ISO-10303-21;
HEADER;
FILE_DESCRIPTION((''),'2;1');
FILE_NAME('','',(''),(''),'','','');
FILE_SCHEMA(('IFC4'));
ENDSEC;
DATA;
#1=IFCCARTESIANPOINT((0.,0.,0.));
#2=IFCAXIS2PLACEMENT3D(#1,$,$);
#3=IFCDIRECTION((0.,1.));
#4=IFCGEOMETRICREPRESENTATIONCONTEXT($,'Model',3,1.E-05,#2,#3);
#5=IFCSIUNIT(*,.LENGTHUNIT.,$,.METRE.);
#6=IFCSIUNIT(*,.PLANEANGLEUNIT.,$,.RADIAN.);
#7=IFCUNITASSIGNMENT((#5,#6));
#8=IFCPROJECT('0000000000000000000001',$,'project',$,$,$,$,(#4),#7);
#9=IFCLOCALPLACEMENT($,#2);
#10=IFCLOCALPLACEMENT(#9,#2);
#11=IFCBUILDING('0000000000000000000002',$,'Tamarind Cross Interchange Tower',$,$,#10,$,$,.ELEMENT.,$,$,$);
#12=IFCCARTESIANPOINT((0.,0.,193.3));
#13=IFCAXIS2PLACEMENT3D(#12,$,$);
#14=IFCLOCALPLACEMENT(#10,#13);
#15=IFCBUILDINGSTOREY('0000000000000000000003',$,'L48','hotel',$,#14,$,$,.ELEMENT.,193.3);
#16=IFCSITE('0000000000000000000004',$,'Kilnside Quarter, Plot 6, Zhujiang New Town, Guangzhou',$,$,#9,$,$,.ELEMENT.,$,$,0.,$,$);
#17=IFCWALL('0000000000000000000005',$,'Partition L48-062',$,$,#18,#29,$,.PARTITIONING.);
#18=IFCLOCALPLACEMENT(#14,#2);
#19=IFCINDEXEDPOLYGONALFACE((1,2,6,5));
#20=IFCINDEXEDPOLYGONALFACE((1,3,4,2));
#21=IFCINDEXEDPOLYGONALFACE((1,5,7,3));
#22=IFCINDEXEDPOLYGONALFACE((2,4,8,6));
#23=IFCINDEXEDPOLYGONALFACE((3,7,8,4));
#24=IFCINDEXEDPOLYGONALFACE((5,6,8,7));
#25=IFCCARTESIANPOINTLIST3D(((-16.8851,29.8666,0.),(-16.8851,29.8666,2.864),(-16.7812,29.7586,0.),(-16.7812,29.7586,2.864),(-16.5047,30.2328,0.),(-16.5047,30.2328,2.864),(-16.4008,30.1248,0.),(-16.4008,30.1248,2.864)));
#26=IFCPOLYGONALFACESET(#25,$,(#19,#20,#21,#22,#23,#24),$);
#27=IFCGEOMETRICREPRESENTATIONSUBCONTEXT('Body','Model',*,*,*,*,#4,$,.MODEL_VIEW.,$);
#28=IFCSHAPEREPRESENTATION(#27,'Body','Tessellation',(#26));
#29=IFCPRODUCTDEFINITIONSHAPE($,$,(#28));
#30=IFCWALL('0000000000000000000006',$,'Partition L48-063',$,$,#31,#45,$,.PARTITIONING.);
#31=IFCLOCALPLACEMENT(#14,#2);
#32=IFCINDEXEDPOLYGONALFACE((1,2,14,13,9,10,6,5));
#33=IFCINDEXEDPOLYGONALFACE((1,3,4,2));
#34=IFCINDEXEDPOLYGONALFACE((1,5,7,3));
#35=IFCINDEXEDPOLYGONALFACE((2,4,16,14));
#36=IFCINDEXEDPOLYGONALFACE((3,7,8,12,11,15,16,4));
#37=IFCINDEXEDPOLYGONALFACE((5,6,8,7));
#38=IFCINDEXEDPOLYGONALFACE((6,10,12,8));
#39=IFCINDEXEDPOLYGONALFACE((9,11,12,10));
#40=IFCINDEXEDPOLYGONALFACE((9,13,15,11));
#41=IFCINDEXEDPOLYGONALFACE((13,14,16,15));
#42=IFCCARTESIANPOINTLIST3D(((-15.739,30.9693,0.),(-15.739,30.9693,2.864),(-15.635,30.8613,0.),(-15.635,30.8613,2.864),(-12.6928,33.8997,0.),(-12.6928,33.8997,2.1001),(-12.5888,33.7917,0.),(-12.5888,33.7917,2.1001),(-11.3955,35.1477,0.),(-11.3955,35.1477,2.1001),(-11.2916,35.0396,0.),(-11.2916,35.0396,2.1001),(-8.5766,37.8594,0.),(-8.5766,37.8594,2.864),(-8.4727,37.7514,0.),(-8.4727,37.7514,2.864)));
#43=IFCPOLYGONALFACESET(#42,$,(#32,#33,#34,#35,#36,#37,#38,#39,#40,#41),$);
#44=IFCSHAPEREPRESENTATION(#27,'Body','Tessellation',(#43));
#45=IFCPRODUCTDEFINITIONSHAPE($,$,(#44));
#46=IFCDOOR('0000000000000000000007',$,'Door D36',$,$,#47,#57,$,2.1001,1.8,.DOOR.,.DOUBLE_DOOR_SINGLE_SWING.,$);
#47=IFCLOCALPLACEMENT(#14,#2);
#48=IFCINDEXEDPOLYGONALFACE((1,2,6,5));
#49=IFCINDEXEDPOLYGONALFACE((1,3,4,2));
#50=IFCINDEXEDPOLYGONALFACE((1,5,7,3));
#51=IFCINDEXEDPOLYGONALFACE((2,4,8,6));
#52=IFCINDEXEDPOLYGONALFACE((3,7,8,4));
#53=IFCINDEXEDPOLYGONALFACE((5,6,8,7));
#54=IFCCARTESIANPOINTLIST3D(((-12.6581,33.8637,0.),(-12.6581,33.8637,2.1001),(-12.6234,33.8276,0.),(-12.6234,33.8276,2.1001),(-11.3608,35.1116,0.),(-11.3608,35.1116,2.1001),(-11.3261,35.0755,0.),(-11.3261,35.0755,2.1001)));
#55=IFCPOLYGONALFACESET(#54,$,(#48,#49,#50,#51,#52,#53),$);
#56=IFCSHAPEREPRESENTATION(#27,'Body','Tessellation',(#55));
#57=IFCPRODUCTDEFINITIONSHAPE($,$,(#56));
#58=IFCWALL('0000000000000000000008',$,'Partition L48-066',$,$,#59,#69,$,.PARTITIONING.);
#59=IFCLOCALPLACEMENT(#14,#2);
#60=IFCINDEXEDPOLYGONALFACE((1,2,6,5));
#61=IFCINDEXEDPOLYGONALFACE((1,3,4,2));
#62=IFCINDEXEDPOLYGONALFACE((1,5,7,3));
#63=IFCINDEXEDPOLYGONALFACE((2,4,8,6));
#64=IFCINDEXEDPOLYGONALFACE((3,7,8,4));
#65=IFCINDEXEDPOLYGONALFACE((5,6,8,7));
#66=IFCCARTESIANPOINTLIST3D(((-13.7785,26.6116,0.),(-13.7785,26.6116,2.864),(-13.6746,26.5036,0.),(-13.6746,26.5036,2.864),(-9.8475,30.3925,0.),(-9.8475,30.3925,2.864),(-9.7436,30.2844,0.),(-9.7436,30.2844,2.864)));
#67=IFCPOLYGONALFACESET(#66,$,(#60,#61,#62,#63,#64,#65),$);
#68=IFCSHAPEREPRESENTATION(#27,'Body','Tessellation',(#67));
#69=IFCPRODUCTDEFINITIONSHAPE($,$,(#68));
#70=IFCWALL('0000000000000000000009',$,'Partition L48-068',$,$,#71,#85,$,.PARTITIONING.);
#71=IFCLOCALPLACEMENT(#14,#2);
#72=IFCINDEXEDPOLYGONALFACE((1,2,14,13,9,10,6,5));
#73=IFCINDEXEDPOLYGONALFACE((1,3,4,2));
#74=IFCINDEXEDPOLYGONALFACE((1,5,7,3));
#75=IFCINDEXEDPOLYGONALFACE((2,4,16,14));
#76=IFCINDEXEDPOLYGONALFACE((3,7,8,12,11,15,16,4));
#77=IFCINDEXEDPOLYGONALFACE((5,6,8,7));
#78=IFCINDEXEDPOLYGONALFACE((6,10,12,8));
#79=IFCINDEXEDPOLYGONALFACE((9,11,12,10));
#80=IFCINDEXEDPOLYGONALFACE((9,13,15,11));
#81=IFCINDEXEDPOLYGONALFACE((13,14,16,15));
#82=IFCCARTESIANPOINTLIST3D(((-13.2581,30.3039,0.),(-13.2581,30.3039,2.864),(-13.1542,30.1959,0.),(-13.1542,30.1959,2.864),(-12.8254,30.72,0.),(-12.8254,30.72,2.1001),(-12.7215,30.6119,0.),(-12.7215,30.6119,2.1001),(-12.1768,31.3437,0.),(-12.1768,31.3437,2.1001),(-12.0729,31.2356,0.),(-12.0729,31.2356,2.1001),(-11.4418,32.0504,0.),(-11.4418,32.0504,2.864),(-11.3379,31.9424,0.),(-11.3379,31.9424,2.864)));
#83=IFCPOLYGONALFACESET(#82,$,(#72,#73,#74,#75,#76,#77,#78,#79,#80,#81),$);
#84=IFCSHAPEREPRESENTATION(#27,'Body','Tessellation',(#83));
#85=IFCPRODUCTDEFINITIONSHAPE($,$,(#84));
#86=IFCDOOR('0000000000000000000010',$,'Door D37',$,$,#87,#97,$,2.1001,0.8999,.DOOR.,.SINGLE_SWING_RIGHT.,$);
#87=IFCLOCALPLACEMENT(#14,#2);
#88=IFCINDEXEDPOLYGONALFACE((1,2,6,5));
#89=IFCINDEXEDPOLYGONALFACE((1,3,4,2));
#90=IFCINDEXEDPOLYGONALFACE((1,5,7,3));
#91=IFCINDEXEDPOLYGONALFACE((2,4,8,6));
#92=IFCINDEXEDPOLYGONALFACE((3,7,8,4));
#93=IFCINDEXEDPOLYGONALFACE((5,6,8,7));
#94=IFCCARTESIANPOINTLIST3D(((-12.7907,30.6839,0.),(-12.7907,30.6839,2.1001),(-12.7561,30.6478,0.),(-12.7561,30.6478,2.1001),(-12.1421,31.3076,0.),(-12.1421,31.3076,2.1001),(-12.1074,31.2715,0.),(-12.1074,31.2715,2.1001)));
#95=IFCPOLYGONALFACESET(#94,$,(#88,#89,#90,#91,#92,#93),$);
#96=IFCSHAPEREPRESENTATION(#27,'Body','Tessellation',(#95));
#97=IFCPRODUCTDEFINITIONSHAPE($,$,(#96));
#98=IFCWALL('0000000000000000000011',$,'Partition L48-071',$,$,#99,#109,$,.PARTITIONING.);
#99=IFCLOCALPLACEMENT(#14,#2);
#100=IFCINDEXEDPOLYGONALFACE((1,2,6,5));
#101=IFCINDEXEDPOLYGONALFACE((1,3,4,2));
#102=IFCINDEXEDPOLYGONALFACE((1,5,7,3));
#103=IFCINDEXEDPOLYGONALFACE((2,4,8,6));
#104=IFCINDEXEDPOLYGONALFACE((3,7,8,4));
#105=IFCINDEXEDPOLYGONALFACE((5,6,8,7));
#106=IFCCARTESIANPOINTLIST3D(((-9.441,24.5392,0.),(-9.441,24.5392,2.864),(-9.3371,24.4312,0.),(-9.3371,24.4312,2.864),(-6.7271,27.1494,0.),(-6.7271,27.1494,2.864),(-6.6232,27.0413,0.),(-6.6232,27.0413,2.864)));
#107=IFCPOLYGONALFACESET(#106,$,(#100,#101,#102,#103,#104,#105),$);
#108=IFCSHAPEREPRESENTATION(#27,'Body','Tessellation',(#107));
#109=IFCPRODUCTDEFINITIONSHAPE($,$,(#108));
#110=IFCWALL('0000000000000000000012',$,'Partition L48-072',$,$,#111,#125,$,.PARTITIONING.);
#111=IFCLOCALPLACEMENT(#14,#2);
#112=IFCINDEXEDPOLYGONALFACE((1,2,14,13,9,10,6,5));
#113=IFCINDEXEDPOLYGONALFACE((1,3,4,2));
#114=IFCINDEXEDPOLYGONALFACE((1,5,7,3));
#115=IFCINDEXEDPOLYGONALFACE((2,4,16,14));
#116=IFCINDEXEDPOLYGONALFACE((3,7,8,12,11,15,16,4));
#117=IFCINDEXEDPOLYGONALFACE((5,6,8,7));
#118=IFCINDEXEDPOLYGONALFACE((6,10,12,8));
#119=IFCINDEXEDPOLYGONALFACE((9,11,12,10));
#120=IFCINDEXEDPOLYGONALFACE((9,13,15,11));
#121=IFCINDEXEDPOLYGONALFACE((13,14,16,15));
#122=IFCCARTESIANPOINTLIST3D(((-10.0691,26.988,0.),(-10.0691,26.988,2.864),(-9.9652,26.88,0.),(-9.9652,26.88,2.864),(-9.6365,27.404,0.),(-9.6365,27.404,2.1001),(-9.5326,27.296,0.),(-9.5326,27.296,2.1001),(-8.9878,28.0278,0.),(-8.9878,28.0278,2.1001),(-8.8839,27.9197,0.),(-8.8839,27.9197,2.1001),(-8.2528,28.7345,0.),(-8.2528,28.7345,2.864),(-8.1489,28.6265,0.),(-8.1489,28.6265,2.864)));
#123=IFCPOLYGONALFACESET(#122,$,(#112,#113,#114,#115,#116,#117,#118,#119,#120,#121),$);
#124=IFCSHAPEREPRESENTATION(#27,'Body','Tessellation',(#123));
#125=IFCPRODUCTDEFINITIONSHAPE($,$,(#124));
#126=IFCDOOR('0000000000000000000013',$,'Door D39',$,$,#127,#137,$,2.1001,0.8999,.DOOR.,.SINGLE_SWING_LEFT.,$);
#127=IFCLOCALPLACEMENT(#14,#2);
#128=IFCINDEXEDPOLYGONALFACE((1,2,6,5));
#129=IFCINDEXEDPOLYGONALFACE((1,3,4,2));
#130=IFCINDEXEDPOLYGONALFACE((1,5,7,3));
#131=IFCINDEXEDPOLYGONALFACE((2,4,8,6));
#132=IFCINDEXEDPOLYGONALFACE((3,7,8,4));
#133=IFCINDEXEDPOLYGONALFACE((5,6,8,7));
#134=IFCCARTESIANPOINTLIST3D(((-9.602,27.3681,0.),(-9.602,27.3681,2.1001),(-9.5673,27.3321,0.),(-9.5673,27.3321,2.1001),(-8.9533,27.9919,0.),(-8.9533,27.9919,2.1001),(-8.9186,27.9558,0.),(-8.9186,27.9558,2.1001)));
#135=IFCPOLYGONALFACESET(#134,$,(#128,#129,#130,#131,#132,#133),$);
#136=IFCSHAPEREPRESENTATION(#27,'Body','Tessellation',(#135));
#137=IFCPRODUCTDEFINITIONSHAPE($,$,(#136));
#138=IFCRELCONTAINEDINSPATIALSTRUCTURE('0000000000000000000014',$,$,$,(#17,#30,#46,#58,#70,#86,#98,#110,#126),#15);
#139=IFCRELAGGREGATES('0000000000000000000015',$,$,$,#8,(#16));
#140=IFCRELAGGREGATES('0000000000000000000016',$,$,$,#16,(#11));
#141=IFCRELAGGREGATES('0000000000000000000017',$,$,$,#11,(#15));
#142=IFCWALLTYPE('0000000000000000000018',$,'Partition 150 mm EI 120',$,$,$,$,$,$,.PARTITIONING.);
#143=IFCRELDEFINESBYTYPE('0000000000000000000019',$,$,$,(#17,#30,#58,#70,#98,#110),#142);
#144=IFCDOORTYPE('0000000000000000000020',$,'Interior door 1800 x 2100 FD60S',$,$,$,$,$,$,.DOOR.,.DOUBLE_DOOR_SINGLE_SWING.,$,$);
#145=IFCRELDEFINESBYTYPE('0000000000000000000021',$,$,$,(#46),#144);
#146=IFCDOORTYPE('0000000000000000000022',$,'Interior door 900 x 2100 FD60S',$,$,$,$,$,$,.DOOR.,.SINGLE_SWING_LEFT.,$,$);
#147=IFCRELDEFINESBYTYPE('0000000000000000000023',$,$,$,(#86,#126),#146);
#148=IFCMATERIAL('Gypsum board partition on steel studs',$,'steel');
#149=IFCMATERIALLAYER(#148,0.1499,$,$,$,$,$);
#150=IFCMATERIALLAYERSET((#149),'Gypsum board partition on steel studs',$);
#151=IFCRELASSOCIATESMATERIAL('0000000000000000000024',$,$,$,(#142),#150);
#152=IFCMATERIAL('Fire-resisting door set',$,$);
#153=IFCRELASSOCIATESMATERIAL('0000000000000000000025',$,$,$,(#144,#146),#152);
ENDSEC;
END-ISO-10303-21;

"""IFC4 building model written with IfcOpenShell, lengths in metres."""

from ifc_helpers import new_model, si_unit, direction, frame, frame_2d, origin, place, context, subcontext, project, spatial, rectangle, extrude, material, layer, layer_set, type_object, element, fill, save


model = new_model("IFC4")

# Units and contexts
model_context = context("Model", 3, precision=1e-05, world=origin(), true_north=direction((0.0, 1.0)))
body_context = subcontext(model_context, "Body", "Model", "MODEL_VIEW")
ifc_project = project(units=[si_unit("LENGTHUNIT", "METRE"), si_unit("PLANEANGLEUNIT", "RADIAN")], contexts=[model_context])

# Site, building, storey
site_placement = place(None, origin())
site = spatial("IfcSite", under=ifc_project, at=site_placement, Name="Kilnside Quarter, Plot 6, Zhujiang New Town, Guangzhou", CompositionType="ELEMENT", RefElevation=0.0)
building_placement = place(site_placement, origin())
building = spatial("IfcBuilding", under=site, at=building_placement, Name="Tamarind Cross Interchange Tower", CompositionType="ELEMENT")
storey_placement = place(building_placement, frame((0.0, 0.0, 193.3)))
storey = spatial("IfcBuildingStorey", under=building, at=storey_placement, Name="L48", Description="hotel", CompositionType="ELEMENT", Elevation=193.3)

# Wall
ifc_material_1 = material(Name="Gypsum board partition on steel studs", Category="steel")
ifc_layer_1 = layer(ifc_material_1, 0.1499)
ifc_layer_set_1 = layer_set([ifc_layer_1], Name="Gypsum board partition on steel studs")
wall_type = type_object("IfcWallType", Name="Partition 150 mm EI 120", PredefinedType="PARTITIONING", material=ifc_layer_set_1)
wall_1_placement = place(storey_placement, frame((-16.8333, 29.8125, 0.0), z_axis=(0.0, 0.0, 1.0), x_axis=(0.720389, 0.693571, 0.0)))
element("IfcWall", 1, at=wall_1_placement, inside=storey, type_object=wall_type, Name="Partition L48-062", PredefinedType="PARTITIONING", context=body_context, shape_type="SweptSolid", body=[
    extrude(rectangle(XDim=0.5281, YDim=0.1499, at=frame_2d((0.2642, 0.0))), origin(), (0.0, 0.0, 1.0), 2.864),
])

# Wall, opening, door
wall_2_placement = place(storey_placement, frame((-15.687, 30.9153, 0.0), z_axis=(0.0, 0.0, 1.0), x_axis=(0.720669, 0.693279, 0.0)))
wall_2 = element("IfcWall", 2, at=wall_2_placement, inside=storey, type_object=wall_type, Name="Partition L48-063", PredefinedType="PARTITIONING", context=body_context, shape_type="SweptSolid", body=[
    extrude(rectangle(XDim=9.9385, YDim=0.1499, at=frame_2d((4.9692, 0.0))), origin(), (0.0, 0.0, 1.0), 2.864),
])
opening_1_placement = place(wall_2_placement, frame((4.2271, 0.0, 0.0)))
opening_1 = element("IfcOpeningElement", 3, at=opening_1_placement, cuts=wall_2, PredefinedType="OPENING", context=body_context, shape_type="SweptSolid", body=[
    extrude(rectangle(XDim=1.8, YDim=2.1001, at=frame_2d((0.8999, 1.05))), frame((0.0, 0.085, 0.0), z_axis=(0.0, -1.0, 0.0), x_axis=(1.0, 0.0, 0.0)), (0.0, 0.0, 1.0), 0.1699),
])
ifc_material_2 = material(Name="Fire-resisting door set")
door_type_1 = type_object("IfcDoorType", Name="Interior door 1800 x 2100 FD60S", OperationType="DOUBLE_DOOR_SINGLE_SWING", PredefinedType="DOOR", material=ifc_material_2)
door_1_placement = place(opening_1_placement, origin())
door_1 = element("IfcDoor", 4, at=door_1_placement, inside=storey, type_object=door_type_1, Name="Door D36", OperationType="DOUBLE_DOOR_SINGLE_SWING", OverallHeight=2.1001, OverallWidth=1.8, PredefinedType="DOOR", context=body_context, shape_type="SweptSolid", body=[
    extrude(rectangle(XDim=1.8, YDim=2.1001, at=frame_2d((0.8999, 1.05))), frame((0.0, 0.0249, 0.0), z_axis=(0.0, -1.0, 0.0), x_axis=(1.0, 0.0, 0.0)), (0.0, 0.0, 1.0), 0.05),
])
fill(opening_1, door_1)

# Wall
wall_3_placement = place(storey_placement, frame((-13.7266, 26.5576, 0.0), z_axis=(0.0, 0.0, 1.0), x_axis=(0.720738, 0.693208, 0.0)))
element("IfcWall", 5, at=wall_3_placement, inside=storey, type_object=wall_type, Name="Partition L48-066", PredefinedType="PARTITIONING", context=body_context, shape_type="SweptSolid", body=[
    extrude(rectangle(XDim=5.4541, YDim=0.1499, at=frame_2d((2.7271, 0.0))), origin(), (0.0, 0.0, 1.0), 2.864),
])

# Wall, opening, door
wall_4_placement = place(storey_placement, frame((-13.2061, 30.25, 0.0), z_axis=(0.0, 0.0, 1.0), x_axis=(0.720826, 0.693116, 0.0)))
wall_4 = element("IfcWall", 6, at=wall_4_placement, inside=storey, type_object=wall_type, Name="Partition L48-068", PredefinedType="PARTITIONING", context=body_context, shape_type="SweptSolid", body=[
    extrude(rectangle(XDim=2.5198, YDim=0.1499, at=frame_2d((1.2598, 0.0))), origin(), (0.0, 0.0, 1.0), 2.864),
])
opening_2_placement = place(wall_4_placement, frame((0.6001, 0.0, 0.0)))
opening_2 = element("IfcOpeningElement", 7, at=opening_2_placement, cuts=wall_4, PredefinedType="OPENING", context=body_context, shape_type="SweptSolid", body=[
    extrude(rectangle(XDim=0.8999, YDim=2.1001, at=frame_2d((0.45, 1.05))), frame((0.0, 0.085, 0.0), z_axis=(0.0, -1.0, 0.0), x_axis=(1.0, 0.0, 0.0)), (0.0, 0.0, 1.0), 0.1699),
])
door_type_2 = type_object("IfcDoorType", Name="Interior door 900 x 2100 FD60S", OperationType="SINGLE_SWING_LEFT", PredefinedType="DOOR", material=ifc_material_2)
door_2_placement = place(opening_2_placement, origin())
door_2 = element("IfcDoor", 8, at=door_2_placement, inside=storey, type_object=door_type_2, Name="Door D37", OperationType="SINGLE_SWING_RIGHT", OverallHeight=2.1001, OverallWidth=0.8999, PredefinedType="DOOR", context=body_context, shape_type="SweptSolid", body=[
    extrude(rectangle(XDim=0.8999, YDim=2.1001, at=frame_2d((0.45, 1.05))), frame((0.0, 0.0249, 0.0), z_axis=(0.0, -1.0, 0.0), x_axis=(1.0, 0.0, 0.0)), (0.0, 0.0, 1.0), 0.05),
])
fill(opening_2, door_2)

# Wall
wall_5_placement = place(storey_placement, frame((-9.3892, 24.4851, 0.0), z_axis=(0.0, 0.0, 1.0), x_axis=(0.720751, 0.693194, 0.0)))
element("IfcWall", 9, at=wall_5_placement, inside=storey, type_object=wall_type, Name="Partition L48-071", PredefinedType="PARTITIONING", context=body_context, shape_type="SweptSolid", body=[
    extrude(rectangle(XDim=3.7654, YDim=0.1499, at=frame_2d((1.8828, 0.0))), origin(), (0.0, 0.0, 1.0), 2.864),
])

# Wall, opening, door
wall_6_placement = place(storey_placement, frame((-10.0171, 26.9341, 0.0), z_axis=(0.0, 0.0, 1.0), x_axis=(0.720826, 0.693116, 0.0)))
wall_6 = element("IfcWall", 10, at=wall_6_placement, inside=storey, type_object=wall_type, Name="Partition L48-072", PredefinedType="PARTITIONING", context=body_context, shape_type="SweptSolid", body=[
    extrude(rectangle(XDim=2.5198, YDim=0.1499, at=frame_2d((1.2598, 0.0))), origin(), (0.0, 0.0, 1.0), 2.864),
])
opening_3_placement = place(wall_6_placement, frame((0.6001, 0.0, 0.0)))
opening_3 = element("IfcOpeningElement", 11, at=opening_3_placement, cuts=wall_6, PredefinedType="OPENING", context=body_context, shape_type="SweptSolid", body=[
    extrude(rectangle(XDim=0.8999, YDim=2.1001, at=frame_2d((0.45, 1.05))), frame((0.0, 0.085, 0.0), z_axis=(0.0, -1.0, 0.0), x_axis=(1.0, 0.0, 0.0)), (0.0, 0.0, 1.0), 0.1699),
])
door_3_placement = place(opening_3_placement, frame((0.8999, 0.0, 0.0), z_axis=(0.0, 0.0, 1.0), x_axis=(-1.0, 0.0, 0.0)))
door_3 = element("IfcDoor", 12, at=door_3_placement, inside=storey, type_object=door_type_2, Name="Door D39", OperationType="SINGLE_SWING_LEFT", OverallHeight=2.1001, OverallWidth=0.8999, PredefinedType="DOOR", context=body_context, shape_type="SweptSolid", body=[
    extrude(rectangle(XDim=0.8999, YDim=2.1001, at=frame_2d((0.45, 1.05))), frame((0.0, 0.0249, 0.0), z_axis=(0.0, -1.0, 0.0), x_axis=(1.0, 0.0, 0.0)), (0.0, 0.0, 1.0), 0.05),
])
fill(opening_3, door_3)

save(model, "model.ifc")
